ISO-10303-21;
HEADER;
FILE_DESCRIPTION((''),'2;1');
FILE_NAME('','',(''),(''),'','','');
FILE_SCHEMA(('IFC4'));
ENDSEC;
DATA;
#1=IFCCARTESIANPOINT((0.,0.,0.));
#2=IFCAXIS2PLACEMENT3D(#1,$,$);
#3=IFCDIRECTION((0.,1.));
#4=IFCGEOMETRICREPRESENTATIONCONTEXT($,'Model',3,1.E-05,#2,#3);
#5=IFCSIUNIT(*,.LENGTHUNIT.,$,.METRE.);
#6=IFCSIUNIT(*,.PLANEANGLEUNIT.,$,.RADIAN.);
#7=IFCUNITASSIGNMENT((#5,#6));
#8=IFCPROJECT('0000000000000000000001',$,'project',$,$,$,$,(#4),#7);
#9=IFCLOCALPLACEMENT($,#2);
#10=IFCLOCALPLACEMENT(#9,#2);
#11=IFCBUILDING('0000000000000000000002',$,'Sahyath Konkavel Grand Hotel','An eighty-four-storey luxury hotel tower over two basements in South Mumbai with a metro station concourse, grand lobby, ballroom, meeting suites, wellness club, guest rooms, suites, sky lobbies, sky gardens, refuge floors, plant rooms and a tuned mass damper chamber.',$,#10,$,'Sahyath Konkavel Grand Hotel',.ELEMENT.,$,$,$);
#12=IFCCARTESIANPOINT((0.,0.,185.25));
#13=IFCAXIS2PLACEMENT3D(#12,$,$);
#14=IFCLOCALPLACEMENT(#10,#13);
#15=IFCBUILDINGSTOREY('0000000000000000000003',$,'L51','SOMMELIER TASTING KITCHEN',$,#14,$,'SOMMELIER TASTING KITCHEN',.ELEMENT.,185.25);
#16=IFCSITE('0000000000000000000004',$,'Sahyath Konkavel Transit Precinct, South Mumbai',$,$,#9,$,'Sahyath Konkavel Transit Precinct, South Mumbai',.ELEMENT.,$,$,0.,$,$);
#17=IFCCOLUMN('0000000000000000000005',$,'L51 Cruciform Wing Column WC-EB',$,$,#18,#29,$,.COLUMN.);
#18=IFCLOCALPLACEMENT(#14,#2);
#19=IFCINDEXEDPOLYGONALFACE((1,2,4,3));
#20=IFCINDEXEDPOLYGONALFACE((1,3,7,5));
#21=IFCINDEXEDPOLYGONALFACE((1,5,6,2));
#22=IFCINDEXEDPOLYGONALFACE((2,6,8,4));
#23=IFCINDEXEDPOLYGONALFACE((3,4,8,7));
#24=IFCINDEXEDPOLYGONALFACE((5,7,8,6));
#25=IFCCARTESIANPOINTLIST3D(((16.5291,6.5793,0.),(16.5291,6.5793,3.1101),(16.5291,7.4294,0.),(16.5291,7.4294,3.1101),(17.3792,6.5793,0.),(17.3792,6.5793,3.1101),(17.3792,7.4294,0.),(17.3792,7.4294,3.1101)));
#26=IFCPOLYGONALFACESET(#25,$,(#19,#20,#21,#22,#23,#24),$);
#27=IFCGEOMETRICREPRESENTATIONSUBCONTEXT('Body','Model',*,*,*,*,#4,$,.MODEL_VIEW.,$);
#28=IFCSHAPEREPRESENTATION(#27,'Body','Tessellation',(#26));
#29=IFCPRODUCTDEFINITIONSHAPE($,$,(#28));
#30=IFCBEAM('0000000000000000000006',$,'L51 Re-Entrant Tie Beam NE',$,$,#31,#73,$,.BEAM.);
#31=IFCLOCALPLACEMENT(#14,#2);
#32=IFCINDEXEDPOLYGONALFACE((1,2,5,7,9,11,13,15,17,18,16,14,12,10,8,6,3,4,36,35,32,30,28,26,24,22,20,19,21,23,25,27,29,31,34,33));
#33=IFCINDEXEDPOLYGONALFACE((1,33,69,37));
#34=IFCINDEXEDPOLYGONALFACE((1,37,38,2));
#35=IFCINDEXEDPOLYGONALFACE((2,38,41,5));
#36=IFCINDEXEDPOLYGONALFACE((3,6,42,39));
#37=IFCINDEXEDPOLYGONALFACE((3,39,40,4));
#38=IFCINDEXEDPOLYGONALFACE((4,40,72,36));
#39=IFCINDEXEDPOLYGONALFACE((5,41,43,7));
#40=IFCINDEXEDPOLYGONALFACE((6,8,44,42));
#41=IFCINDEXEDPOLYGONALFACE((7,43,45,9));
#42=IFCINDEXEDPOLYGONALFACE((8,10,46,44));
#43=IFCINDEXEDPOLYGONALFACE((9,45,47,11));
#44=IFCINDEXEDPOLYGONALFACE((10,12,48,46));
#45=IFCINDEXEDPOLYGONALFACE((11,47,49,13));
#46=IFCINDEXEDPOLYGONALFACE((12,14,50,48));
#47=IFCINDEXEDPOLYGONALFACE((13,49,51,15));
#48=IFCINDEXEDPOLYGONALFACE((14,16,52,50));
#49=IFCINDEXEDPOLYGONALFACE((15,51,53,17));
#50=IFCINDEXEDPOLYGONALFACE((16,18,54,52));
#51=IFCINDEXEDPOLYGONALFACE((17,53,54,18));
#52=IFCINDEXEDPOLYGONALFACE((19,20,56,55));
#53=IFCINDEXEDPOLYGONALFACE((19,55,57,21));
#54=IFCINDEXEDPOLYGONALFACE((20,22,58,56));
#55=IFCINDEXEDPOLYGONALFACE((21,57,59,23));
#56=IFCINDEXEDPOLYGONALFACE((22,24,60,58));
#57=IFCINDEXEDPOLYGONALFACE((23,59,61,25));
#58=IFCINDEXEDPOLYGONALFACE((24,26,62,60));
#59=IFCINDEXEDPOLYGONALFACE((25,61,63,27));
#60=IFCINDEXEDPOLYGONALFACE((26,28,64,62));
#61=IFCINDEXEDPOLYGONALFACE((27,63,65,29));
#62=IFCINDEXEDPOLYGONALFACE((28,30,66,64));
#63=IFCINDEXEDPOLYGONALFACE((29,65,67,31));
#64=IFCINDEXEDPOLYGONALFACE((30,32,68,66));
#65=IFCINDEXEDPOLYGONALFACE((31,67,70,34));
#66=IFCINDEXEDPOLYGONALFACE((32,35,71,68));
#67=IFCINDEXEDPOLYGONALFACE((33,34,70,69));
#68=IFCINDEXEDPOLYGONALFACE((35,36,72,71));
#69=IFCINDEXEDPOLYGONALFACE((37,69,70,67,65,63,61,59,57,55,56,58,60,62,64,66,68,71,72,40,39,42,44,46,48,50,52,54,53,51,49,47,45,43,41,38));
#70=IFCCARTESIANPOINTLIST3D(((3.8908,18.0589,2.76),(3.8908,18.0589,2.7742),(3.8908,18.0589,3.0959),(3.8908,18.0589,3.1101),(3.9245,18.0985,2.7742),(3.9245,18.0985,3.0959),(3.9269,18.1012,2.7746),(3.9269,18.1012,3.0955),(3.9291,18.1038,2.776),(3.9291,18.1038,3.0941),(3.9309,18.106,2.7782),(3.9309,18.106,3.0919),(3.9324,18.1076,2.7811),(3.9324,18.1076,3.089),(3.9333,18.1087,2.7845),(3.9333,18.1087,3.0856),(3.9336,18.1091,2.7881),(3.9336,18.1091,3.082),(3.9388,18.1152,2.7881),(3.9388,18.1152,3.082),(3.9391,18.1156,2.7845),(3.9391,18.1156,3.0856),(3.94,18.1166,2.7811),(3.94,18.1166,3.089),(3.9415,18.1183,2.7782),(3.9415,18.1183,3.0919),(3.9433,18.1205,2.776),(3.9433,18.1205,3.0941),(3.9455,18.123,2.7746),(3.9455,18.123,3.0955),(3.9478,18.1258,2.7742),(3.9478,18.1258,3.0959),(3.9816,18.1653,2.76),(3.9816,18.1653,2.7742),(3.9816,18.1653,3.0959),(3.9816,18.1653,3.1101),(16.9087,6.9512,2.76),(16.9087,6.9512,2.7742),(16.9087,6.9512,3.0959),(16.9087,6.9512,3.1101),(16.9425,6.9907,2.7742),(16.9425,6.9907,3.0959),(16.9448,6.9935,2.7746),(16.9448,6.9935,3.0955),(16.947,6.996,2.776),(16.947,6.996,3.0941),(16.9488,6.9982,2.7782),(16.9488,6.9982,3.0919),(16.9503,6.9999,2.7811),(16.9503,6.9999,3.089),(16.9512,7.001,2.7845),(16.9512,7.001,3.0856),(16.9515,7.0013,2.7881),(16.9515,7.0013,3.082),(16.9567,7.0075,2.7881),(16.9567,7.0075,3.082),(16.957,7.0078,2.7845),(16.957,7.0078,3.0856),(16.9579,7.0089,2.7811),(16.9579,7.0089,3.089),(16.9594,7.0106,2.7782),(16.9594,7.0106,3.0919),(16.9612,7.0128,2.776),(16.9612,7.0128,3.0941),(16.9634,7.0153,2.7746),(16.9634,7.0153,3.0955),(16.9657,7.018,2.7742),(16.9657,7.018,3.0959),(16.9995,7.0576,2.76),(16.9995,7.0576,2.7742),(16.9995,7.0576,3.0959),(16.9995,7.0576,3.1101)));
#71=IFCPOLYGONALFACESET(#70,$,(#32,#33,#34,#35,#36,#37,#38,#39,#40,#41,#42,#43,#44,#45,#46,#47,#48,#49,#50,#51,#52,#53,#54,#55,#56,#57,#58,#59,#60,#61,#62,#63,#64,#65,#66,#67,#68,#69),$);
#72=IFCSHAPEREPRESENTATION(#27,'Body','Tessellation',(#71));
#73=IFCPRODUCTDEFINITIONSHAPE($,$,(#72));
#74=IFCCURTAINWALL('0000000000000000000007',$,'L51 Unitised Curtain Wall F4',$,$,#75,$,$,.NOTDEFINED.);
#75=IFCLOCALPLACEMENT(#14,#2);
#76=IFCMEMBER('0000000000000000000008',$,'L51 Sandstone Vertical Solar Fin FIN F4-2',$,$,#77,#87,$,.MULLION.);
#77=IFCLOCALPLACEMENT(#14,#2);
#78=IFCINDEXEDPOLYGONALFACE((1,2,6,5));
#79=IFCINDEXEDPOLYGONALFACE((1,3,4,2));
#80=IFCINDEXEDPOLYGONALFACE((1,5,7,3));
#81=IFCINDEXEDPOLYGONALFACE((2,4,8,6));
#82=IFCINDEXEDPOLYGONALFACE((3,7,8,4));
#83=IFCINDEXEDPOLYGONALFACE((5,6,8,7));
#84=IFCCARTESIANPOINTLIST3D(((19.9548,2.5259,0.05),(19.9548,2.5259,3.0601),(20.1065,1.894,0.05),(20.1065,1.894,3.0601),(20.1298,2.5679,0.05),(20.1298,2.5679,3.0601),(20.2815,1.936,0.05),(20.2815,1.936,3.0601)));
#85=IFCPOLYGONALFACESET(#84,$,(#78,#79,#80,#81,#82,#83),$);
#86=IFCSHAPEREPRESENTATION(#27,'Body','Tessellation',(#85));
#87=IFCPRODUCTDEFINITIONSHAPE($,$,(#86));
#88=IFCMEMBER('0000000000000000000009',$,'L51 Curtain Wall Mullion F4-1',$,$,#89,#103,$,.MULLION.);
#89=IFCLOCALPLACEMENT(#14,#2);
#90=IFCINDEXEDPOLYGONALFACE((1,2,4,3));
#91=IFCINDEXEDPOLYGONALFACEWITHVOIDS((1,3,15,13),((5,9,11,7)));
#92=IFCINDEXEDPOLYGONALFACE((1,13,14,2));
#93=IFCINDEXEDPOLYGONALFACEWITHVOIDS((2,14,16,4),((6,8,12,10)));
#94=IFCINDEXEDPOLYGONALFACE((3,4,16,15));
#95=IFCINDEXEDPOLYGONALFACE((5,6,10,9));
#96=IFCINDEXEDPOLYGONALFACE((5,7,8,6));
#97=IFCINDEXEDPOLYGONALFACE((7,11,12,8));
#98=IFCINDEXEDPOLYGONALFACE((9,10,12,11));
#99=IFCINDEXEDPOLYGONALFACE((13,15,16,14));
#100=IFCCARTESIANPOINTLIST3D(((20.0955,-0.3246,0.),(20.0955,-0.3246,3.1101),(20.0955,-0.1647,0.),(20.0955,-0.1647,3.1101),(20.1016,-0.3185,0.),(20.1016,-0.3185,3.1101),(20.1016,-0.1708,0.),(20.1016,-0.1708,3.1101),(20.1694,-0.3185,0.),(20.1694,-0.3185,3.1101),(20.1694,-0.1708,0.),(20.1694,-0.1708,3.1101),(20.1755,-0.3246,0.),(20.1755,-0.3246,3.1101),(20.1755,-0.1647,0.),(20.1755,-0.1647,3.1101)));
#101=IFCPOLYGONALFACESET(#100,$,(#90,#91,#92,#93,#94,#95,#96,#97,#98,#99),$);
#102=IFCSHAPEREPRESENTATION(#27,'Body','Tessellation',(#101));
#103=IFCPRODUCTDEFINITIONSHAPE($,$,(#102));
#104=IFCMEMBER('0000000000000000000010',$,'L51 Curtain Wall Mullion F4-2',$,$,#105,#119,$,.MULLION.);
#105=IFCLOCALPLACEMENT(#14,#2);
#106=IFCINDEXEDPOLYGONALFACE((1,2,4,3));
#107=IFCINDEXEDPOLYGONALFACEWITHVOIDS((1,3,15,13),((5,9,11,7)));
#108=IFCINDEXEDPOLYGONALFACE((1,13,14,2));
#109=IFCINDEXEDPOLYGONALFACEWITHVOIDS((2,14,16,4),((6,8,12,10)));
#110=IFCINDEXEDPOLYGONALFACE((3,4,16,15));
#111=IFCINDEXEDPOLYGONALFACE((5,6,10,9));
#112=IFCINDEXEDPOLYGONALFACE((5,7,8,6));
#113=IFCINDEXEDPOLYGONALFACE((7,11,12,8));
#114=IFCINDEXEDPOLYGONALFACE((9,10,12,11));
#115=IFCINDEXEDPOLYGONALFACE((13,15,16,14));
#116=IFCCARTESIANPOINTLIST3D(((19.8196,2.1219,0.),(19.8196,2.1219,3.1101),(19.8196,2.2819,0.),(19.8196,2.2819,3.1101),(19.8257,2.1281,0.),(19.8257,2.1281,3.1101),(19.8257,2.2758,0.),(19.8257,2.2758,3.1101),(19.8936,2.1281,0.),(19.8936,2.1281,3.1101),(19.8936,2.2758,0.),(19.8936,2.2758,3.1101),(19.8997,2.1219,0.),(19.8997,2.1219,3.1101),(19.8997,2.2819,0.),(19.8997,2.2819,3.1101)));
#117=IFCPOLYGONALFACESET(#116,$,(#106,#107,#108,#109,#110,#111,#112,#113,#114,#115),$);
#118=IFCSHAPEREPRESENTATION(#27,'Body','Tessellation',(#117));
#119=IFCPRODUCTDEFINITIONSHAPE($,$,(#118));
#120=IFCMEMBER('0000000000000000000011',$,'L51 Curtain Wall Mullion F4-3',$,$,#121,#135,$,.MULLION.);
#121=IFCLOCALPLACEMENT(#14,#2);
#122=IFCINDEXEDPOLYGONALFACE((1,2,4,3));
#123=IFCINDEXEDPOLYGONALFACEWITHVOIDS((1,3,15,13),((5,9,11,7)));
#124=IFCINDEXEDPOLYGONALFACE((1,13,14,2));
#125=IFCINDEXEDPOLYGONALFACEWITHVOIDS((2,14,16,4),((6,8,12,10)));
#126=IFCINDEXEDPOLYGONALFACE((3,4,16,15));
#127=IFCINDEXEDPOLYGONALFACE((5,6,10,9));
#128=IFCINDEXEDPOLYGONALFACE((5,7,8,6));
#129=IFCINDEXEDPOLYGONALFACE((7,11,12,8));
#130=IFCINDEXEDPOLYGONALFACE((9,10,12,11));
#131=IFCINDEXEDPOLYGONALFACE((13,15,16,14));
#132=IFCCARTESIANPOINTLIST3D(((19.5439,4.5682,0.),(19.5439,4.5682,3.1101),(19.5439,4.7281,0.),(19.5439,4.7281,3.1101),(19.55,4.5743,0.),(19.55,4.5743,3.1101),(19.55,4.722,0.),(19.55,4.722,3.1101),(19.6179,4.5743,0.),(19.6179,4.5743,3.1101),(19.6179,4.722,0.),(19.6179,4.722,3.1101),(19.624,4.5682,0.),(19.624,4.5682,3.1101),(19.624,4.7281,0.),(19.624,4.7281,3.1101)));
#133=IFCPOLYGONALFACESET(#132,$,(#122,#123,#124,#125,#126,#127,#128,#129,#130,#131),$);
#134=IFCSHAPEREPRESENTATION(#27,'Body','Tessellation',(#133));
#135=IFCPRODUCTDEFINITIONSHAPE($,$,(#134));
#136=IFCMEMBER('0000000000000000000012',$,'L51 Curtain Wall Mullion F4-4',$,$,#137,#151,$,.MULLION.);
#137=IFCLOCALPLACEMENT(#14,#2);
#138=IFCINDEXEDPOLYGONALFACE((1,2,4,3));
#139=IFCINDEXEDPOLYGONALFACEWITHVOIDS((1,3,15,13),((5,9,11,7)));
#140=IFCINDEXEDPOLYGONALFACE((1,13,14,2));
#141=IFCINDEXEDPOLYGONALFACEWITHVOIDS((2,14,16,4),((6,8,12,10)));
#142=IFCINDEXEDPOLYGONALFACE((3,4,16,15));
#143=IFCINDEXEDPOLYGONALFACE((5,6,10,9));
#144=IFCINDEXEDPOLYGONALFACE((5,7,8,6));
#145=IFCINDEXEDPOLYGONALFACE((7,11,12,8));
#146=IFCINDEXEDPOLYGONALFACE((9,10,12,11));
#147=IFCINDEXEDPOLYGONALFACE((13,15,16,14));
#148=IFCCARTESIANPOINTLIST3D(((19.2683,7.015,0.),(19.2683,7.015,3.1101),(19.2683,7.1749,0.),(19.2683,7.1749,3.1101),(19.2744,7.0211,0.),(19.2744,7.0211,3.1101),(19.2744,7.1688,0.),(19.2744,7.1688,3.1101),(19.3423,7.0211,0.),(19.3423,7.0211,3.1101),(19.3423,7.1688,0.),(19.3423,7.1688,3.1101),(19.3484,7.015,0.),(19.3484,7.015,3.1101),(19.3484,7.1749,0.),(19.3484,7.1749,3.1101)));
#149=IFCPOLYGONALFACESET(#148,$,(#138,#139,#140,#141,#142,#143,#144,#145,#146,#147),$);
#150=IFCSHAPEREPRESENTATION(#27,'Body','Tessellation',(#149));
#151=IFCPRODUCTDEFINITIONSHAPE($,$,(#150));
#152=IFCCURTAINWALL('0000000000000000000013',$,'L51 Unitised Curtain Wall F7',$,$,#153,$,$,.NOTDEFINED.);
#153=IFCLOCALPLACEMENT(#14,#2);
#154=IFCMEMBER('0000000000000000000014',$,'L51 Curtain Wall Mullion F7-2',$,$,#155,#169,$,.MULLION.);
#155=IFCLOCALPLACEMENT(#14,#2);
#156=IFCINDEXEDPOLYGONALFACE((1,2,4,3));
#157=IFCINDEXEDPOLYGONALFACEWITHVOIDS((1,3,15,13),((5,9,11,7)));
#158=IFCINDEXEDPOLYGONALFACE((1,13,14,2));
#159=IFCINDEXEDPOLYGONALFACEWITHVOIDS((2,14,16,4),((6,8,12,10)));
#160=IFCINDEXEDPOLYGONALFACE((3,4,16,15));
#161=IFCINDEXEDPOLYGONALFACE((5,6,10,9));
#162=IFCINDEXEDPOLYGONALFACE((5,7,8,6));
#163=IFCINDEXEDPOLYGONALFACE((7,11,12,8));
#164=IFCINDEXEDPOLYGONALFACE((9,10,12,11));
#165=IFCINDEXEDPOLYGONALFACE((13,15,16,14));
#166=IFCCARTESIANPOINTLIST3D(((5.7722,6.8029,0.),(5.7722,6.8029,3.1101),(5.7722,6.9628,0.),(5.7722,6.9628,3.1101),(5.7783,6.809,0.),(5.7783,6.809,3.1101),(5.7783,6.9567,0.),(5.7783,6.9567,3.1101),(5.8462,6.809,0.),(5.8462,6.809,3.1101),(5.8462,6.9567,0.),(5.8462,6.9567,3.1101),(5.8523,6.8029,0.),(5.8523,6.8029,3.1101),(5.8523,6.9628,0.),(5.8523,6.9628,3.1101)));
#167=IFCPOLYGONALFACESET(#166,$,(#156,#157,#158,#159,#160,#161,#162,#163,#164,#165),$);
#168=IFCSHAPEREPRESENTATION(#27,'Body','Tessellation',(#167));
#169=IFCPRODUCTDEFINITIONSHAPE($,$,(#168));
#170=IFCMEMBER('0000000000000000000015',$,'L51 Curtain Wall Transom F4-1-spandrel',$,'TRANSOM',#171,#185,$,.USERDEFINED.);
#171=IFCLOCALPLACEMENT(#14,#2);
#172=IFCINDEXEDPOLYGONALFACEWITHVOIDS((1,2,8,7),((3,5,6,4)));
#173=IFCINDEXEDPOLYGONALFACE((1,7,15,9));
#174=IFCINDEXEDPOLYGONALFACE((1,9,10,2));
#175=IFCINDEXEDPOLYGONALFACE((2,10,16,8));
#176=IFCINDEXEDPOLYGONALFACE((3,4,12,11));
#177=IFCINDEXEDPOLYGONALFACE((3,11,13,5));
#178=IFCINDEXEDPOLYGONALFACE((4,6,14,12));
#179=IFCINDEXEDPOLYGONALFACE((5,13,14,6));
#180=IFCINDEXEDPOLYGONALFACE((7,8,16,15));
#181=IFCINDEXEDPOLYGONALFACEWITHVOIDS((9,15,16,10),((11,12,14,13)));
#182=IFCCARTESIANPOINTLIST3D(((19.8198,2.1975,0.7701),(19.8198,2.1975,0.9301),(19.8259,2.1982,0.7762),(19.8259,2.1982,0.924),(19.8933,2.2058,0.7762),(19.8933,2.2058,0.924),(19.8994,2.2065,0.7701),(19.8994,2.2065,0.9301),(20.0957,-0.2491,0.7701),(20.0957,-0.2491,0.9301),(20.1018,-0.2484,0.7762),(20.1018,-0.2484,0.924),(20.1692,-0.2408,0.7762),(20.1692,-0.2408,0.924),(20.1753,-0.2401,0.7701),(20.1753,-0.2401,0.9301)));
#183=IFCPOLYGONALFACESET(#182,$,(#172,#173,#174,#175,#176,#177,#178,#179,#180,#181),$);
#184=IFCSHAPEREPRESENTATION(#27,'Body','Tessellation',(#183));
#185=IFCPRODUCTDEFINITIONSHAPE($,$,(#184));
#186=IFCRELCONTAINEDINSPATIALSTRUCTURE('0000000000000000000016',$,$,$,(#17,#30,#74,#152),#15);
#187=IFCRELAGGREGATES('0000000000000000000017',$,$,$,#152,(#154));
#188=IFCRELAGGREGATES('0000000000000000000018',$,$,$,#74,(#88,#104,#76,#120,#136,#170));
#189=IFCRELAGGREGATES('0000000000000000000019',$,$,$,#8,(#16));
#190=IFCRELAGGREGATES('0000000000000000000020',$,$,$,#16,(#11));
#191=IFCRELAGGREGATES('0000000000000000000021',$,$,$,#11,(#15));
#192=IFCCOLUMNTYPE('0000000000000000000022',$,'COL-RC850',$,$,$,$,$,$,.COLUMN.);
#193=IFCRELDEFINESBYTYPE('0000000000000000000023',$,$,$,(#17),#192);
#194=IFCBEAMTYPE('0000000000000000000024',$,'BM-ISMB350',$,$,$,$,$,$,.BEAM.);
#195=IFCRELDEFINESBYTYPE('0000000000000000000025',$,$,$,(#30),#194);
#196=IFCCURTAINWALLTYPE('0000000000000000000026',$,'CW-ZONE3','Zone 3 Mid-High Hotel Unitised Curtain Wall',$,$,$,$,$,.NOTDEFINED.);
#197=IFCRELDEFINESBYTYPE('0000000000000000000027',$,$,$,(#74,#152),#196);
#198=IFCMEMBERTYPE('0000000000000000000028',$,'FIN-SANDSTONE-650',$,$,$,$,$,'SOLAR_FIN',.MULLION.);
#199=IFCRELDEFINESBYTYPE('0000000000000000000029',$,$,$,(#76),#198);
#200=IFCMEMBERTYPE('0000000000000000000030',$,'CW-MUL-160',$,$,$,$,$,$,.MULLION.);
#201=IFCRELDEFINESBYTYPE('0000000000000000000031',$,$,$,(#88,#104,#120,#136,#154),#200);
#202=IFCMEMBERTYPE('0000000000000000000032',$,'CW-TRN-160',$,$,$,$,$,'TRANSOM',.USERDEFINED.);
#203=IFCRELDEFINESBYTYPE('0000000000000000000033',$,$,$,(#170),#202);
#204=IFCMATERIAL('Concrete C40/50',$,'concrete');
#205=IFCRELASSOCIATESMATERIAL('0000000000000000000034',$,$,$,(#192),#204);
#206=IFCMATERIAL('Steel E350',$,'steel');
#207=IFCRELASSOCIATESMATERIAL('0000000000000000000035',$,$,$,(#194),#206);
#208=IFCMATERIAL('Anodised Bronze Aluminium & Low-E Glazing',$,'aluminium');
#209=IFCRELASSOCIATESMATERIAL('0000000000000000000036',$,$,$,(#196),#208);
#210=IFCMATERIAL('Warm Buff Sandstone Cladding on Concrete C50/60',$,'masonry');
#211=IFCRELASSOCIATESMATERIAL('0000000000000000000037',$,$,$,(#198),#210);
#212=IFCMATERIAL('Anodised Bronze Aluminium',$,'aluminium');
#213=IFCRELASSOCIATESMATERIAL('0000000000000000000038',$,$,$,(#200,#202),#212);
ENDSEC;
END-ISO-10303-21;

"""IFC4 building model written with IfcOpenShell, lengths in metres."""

from ifc_helpers import new_model, si_unit, direction, frame, origin, origin_2d, place, context, subcontext, project, spatial, rectangle, hollow_rectangle, i_section, extrude, source, transform, mapped, material, material_profile, profile_set, type_object, element, aggregate, save


model = new_model("IFC4")

# Units and contexts
model_context = context("Model", 3, precision=1e-05, world=origin(), true_north=direction((0.0, 1.0)))
body_context = subcontext(model_context, "Body", "Model", "MODEL_VIEW")
ifc_project = project(units=[si_unit("LENGTHUNIT", "METRE"), si_unit("PLANEANGLEUNIT", "RADIAN")], contexts=[model_context])

# Site, building, storey
site_placement = place(None, origin())
site = spatial("IfcSite", under=ifc_project, at=site_placement, Name="Sahyath Konkavel Transit Precinct, South Mumbai", LongName="Sahyath Konkavel Transit Precinct, South Mumbai", CompositionType="ELEMENT", RefElevation=0.0)
building_placement = place(site_placement, origin())
building = spatial("IfcBuilding", under=site, at=building_placement, Name="Sahyath Konkavel Grand Hotel", Description="An eighty-four-storey luxury hotel tower over two basements in South Mumbai with a metro station concourse, grand lobby, ballroom, meeting suites, wellness club, guest rooms, suites, sky lobbies, sky gardens, refuge floors, plant rooms and a tuned mass damper chamber.", LongName="Sahyath Konkavel Grand Hotel", CompositionType="ELEMENT")
storey_placement = place(building_placement, frame((0.0, 0.0, 185.25)))
storey = spatial("IfcBuildingStorey", under=building, at=storey_placement, Name="L51", Description="SOMMELIER TASTING KITCHEN", LongName="SOMMELIER TASTING KITCHEN", CompositionType="ELEMENT", Elevation=185.25)

# Column
ifc_material_1 = material(Name="Concrete C40/50", Category="concrete")
ifc_material_profile_1 = material_profile(ifc_material_1, rectangle(XDim=0.8501, YDim=0.8501, at=origin_2d()), Name="RC 850x850")
ifc_profile_set_1 = profile_set([ifc_material_profile_1], Name="Concrete C40/50")
column_type = type_object("IfcColumnType", Name="COL-RC850", PredefinedType="COLUMN", material=ifc_profile_set_1)
shared_shape_1 = source(origin(), body_context, "Body", "SweptSolid", [
    extrude(rectangle(XDim=0.8501, YDim=0.8501, at=origin_2d()), origin(), (0.0, 0.0, 1.0), 3.1101),
])
column_placement = place(storey_placement, frame((16.9541, 7.0044, 0.0), z_axis=(0.0, 0.0, 1.0), x_axis=(1.0, 0.0, 0.0)))
element("IfcColumn", 1, at=column_placement, inside=storey, type_object=column_type, Name="L51 Cruciform Wing Column WC-EB", PredefinedType="COLUMN", context=body_context, shape_type="MappedRepresentation", body=[
    mapped(shared_shape_1, transform((0.0, 0.0, 0.0), scale=1.0)),
])

# Beam
ifc_material_2 = material(Name="Steel E350", Category="steel")
ifc_material_profile_2 = material_profile(ifc_material_2, i_section(OverallWidth=0.1399, OverallDepth=0.3501, WebThickness=0.0081, FlangeThickness=0.0142, FilletRadius=0.0139, at=origin_2d()), Name="ISMB 350")
ifc_profile_set_2 = profile_set([ifc_material_profile_2], Name="Steel E350")
beam_type_1 = type_object("IfcBeamType", Name="BM-ISMB350", PredefinedType="BEAM", material=ifc_profile_set_2)
shared_shape_2 = source(origin(), body_context, "Body", "SweptSolid", [
    extrude(i_section(OverallWidth=0.1399, OverallDepth=0.3501, WebThickness=0.0081, FlangeThickness=0.0142, FilletRadius=0.0139, at=origin_2d()), origin(), (0.0, 0.0, 1.0), 17.1128),
])
beam_1_placement = place(storey_placement, frame((16.9541, 7.0044, 2.9351), z_axis=(-0.760712, 0.64909, 0.0), x_axis=(-0.64909, -0.760712, 0.0)))
element("IfcBeam", 2, at=beam_1_placement, inside=storey, type_object=beam_type_1, Name="L51 Re-Entrant Tie Beam NE", PredefinedType="BEAM", context=body_context, shape_type="MappedRepresentation", body=[
    mapped(shared_shape_2, transform((0.0, 0.0, 0.0), scale=1.0)),
])

# Curtain wall, members
ifc_material_3 = material(Name="Anodised Bronze Aluminium & Low-E Glazing", Category="aluminium")
curtain_wall_type = type_object("IfcCurtainWallType", Name="CW-ZONE3", Description="Zone 3 Mid-High Hotel Unitised Curtain Wall", PredefinedType="NOTDEFINED", material=ifc_material_3)
curtain_wall_1_placement = place(storey_placement, origin())
curtain_wall_1 = element("IfcCurtainWall", 3, at=curtain_wall_1_placement, inside=storey, type_object=curtain_wall_type, Name="L51 Unitised Curtain Wall F4", PredefinedType="NOTDEFINED")
ifc_material_4 = material(Name="Warm Buff Sandstone Cladding on Concrete C50/60", Category="masonry")
ifc_material_profile_3 = material_profile(ifc_material_4, rectangle(XDim=0.1799, YDim=0.6499, at=origin_2d()), Name="FIN 180x650")
ifc_profile_set_3 = profile_set([ifc_material_profile_3], Name="Warm Buff Sandstone Cladding on Concrete C50/60")
member_type_1 = type_object("IfcMemberType", Name="FIN-SANDSTONE-650", ElementType="SOLAR_FIN", PredefinedType="MULLION", material=ifc_profile_set_3)
shared_shape_3 = source(origin(), body_context, "Body", "SweptSolid", [
    extrude(rectangle(XDim=0.1799, YDim=0.6499, at=origin_2d()), origin(), (0.0, 0.0, 1.0), 3.01),
])
member_1_placement = place(storey_placement, frame((20.1182, 2.231, 0.05), z_axis=(0.0, 0.0, 1.0), x_axis=(0.97237, 0.233445, 0.0)))
member_1 = element("IfcMember", 4, at=member_1_placement, type_object=member_type_1, Name="L51 Sandstone Vertical Solar Fin FIN F4-2", PredefinedType="MULLION", context=body_context, shape_type="MappedRepresentation", body=[
    mapped(shared_shape_3, transform((0.0, 0.0, 0.0), scale=1.0)),
])
ifc_material_5 = material(Name="Anodised Bronze Aluminium", Category="aluminium")
ifc_material_profile_4 = material_profile(ifc_material_5, hollow_rectangle(XDim=0.0801, YDim=0.1599, WallThickness=0.0061, at=origin_2d()), Name="RHS 160x80x6")
ifc_profile_set_4 = profile_set([ifc_material_profile_4], Name="Anodised Bronze Aluminium")
member_type_2 = type_object("IfcMemberType", Name="CW-MUL-160", PredefinedType="MULLION", material=ifc_profile_set_4)
shared_shape_4 = source(origin(), body_context, "Body", "SweptSolid", [
    extrude(hollow_rectangle(XDim=0.0801, YDim=0.1599, WallThickness=0.0061, at=origin_2d()), origin(), (0.0, 0.0, 1.0), 3.1101),
])
member_2_placement = place(storey_placement, frame((20.1355, -0.2446, 0.0), z_axis=(0.0, 0.0, 1.0), x_axis=(1.0, 0.0, 0.0)))
member_2 = element("IfcMember", 5, at=member_2_placement, type_object=member_type_2, Name="L51 Curtain Wall Mullion F4-1", PredefinedType="MULLION", context=body_context, shape_type="MappedRepresentation", body=[
    mapped(shared_shape_4, transform((0.0, 0.0, 0.0), scale=1.0)),
])
member_3_placement = place(storey_placement, frame((19.8596, 2.2019, 0.0), z_axis=(0.0, 0.0, 1.0), x_axis=(1.0, 0.0, 0.0)))
member_3 = element("IfcMember", 6, at=member_3_placement, type_object=member_type_2, Name="L51 Curtain Wall Mullion F4-2", PredefinedType="MULLION", context=body_context, shape_type="MappedRepresentation", body=[
    mapped(shared_shape_4, transform((0.0, 0.0, 0.0), scale=1.0)),
])
member_4_placement = place(storey_placement, frame((19.584, 4.6482, 0.0), z_axis=(0.0, 0.0, 1.0), x_axis=(1.0, 0.0, 0.0)))
member_4 = element("IfcMember", 7, at=member_4_placement, type_object=member_type_2, Name="L51 Curtain Wall Mullion F4-3", PredefinedType="MULLION", context=body_context, shape_type="MappedRepresentation", body=[
    mapped(shared_shape_4, transform((0.0, 0.0, 0.0), scale=1.0)),
])
member_5_placement = place(storey_placement, frame((19.3083, 7.095, 0.0), z_axis=(0.0, 0.0, 1.0), x_axis=(1.0, 0.0, 0.0)))
member_5 = element("IfcMember", 8, at=member_5_placement, type_object=member_type_2, Name="L51 Curtain Wall Mullion F4-4", PredefinedType="MULLION", context=body_context, shape_type="MappedRepresentation", body=[
    mapped(shared_shape_4, transform((0.0, 0.0, 0.0), scale=1.0)),
])

# Curtain wall, member
curtain_wall_2_placement = place(storey_placement, origin())
curtain_wall_2 = element("IfcCurtainWall", 9, at=curtain_wall_2_placement, inside=storey, type_object=curtain_wall_type, Name="L51 Unitised Curtain Wall F7", PredefinedType="NOTDEFINED")
member_6_placement = place(storey_placement, frame((5.8123, 6.8828, 0.0), z_axis=(0.0, 0.0, 1.0), x_axis=(1.0, 0.0, 0.0)))
member_6 = element("IfcMember", 10, at=member_6_placement, type_object=member_type_2, Name="L51 Curtain Wall Mullion F7-2", PredefinedType="MULLION", context=body_context, shape_type="MappedRepresentation", body=[
    mapped(shared_shape_4, transform((0.0, 0.0, 0.0), scale=1.0)),
])
aggregate(curtain_wall_2, [member_6])

# Member
ifc_material_profile_5 = material_profile(ifc_material_5, hollow_rectangle(XDim=0.0801, YDim=0.1599, WallThickness=0.0061, at=origin_2d()), Name="RHS 160x80x6")
ifc_profile_set_5 = profile_set([ifc_material_profile_5], Name="Anodised Bronze Aluminium")
member_type_3 = type_object("IfcMemberType", Name="CW-TRN-160", ElementType="TRANSOM", PredefinedType="USERDEFINED", material=ifc_profile_set_5)
shared_shape_5 = source(origin(), body_context, "Body", "SweptSolid", [
    extrude(hollow_rectangle(XDim=0.0801, YDim=0.1599, WallThickness=0.0061, at=origin_2d()), origin(), (0.0, 0.0, 1.0), 2.4622),
])
member_7_placement = place(storey_placement, frame((20.1355, -0.2446, 0.8501), z_axis=(-0.112053, 0.993702, 0.0), x_axis=(-0.993702, -0.112053, 0.0)))
member_7 = element("IfcMember", 11, at=member_7_placement, type_object=member_type_3, Name="L51 Curtain Wall Transom F4-1-spandrel", ObjectType="TRANSOM", PredefinedType="USERDEFINED", context=body_context, shape_type="MappedRepresentation", body=[
    mapped(shared_shape_5, transform((0.0, 0.0, 0.0), scale=1.0)),
])

aggregate(curtain_wall_1, [member_2, member_3, member_1, member_4, member_5, member_7])

save(model, "model.ifc")
